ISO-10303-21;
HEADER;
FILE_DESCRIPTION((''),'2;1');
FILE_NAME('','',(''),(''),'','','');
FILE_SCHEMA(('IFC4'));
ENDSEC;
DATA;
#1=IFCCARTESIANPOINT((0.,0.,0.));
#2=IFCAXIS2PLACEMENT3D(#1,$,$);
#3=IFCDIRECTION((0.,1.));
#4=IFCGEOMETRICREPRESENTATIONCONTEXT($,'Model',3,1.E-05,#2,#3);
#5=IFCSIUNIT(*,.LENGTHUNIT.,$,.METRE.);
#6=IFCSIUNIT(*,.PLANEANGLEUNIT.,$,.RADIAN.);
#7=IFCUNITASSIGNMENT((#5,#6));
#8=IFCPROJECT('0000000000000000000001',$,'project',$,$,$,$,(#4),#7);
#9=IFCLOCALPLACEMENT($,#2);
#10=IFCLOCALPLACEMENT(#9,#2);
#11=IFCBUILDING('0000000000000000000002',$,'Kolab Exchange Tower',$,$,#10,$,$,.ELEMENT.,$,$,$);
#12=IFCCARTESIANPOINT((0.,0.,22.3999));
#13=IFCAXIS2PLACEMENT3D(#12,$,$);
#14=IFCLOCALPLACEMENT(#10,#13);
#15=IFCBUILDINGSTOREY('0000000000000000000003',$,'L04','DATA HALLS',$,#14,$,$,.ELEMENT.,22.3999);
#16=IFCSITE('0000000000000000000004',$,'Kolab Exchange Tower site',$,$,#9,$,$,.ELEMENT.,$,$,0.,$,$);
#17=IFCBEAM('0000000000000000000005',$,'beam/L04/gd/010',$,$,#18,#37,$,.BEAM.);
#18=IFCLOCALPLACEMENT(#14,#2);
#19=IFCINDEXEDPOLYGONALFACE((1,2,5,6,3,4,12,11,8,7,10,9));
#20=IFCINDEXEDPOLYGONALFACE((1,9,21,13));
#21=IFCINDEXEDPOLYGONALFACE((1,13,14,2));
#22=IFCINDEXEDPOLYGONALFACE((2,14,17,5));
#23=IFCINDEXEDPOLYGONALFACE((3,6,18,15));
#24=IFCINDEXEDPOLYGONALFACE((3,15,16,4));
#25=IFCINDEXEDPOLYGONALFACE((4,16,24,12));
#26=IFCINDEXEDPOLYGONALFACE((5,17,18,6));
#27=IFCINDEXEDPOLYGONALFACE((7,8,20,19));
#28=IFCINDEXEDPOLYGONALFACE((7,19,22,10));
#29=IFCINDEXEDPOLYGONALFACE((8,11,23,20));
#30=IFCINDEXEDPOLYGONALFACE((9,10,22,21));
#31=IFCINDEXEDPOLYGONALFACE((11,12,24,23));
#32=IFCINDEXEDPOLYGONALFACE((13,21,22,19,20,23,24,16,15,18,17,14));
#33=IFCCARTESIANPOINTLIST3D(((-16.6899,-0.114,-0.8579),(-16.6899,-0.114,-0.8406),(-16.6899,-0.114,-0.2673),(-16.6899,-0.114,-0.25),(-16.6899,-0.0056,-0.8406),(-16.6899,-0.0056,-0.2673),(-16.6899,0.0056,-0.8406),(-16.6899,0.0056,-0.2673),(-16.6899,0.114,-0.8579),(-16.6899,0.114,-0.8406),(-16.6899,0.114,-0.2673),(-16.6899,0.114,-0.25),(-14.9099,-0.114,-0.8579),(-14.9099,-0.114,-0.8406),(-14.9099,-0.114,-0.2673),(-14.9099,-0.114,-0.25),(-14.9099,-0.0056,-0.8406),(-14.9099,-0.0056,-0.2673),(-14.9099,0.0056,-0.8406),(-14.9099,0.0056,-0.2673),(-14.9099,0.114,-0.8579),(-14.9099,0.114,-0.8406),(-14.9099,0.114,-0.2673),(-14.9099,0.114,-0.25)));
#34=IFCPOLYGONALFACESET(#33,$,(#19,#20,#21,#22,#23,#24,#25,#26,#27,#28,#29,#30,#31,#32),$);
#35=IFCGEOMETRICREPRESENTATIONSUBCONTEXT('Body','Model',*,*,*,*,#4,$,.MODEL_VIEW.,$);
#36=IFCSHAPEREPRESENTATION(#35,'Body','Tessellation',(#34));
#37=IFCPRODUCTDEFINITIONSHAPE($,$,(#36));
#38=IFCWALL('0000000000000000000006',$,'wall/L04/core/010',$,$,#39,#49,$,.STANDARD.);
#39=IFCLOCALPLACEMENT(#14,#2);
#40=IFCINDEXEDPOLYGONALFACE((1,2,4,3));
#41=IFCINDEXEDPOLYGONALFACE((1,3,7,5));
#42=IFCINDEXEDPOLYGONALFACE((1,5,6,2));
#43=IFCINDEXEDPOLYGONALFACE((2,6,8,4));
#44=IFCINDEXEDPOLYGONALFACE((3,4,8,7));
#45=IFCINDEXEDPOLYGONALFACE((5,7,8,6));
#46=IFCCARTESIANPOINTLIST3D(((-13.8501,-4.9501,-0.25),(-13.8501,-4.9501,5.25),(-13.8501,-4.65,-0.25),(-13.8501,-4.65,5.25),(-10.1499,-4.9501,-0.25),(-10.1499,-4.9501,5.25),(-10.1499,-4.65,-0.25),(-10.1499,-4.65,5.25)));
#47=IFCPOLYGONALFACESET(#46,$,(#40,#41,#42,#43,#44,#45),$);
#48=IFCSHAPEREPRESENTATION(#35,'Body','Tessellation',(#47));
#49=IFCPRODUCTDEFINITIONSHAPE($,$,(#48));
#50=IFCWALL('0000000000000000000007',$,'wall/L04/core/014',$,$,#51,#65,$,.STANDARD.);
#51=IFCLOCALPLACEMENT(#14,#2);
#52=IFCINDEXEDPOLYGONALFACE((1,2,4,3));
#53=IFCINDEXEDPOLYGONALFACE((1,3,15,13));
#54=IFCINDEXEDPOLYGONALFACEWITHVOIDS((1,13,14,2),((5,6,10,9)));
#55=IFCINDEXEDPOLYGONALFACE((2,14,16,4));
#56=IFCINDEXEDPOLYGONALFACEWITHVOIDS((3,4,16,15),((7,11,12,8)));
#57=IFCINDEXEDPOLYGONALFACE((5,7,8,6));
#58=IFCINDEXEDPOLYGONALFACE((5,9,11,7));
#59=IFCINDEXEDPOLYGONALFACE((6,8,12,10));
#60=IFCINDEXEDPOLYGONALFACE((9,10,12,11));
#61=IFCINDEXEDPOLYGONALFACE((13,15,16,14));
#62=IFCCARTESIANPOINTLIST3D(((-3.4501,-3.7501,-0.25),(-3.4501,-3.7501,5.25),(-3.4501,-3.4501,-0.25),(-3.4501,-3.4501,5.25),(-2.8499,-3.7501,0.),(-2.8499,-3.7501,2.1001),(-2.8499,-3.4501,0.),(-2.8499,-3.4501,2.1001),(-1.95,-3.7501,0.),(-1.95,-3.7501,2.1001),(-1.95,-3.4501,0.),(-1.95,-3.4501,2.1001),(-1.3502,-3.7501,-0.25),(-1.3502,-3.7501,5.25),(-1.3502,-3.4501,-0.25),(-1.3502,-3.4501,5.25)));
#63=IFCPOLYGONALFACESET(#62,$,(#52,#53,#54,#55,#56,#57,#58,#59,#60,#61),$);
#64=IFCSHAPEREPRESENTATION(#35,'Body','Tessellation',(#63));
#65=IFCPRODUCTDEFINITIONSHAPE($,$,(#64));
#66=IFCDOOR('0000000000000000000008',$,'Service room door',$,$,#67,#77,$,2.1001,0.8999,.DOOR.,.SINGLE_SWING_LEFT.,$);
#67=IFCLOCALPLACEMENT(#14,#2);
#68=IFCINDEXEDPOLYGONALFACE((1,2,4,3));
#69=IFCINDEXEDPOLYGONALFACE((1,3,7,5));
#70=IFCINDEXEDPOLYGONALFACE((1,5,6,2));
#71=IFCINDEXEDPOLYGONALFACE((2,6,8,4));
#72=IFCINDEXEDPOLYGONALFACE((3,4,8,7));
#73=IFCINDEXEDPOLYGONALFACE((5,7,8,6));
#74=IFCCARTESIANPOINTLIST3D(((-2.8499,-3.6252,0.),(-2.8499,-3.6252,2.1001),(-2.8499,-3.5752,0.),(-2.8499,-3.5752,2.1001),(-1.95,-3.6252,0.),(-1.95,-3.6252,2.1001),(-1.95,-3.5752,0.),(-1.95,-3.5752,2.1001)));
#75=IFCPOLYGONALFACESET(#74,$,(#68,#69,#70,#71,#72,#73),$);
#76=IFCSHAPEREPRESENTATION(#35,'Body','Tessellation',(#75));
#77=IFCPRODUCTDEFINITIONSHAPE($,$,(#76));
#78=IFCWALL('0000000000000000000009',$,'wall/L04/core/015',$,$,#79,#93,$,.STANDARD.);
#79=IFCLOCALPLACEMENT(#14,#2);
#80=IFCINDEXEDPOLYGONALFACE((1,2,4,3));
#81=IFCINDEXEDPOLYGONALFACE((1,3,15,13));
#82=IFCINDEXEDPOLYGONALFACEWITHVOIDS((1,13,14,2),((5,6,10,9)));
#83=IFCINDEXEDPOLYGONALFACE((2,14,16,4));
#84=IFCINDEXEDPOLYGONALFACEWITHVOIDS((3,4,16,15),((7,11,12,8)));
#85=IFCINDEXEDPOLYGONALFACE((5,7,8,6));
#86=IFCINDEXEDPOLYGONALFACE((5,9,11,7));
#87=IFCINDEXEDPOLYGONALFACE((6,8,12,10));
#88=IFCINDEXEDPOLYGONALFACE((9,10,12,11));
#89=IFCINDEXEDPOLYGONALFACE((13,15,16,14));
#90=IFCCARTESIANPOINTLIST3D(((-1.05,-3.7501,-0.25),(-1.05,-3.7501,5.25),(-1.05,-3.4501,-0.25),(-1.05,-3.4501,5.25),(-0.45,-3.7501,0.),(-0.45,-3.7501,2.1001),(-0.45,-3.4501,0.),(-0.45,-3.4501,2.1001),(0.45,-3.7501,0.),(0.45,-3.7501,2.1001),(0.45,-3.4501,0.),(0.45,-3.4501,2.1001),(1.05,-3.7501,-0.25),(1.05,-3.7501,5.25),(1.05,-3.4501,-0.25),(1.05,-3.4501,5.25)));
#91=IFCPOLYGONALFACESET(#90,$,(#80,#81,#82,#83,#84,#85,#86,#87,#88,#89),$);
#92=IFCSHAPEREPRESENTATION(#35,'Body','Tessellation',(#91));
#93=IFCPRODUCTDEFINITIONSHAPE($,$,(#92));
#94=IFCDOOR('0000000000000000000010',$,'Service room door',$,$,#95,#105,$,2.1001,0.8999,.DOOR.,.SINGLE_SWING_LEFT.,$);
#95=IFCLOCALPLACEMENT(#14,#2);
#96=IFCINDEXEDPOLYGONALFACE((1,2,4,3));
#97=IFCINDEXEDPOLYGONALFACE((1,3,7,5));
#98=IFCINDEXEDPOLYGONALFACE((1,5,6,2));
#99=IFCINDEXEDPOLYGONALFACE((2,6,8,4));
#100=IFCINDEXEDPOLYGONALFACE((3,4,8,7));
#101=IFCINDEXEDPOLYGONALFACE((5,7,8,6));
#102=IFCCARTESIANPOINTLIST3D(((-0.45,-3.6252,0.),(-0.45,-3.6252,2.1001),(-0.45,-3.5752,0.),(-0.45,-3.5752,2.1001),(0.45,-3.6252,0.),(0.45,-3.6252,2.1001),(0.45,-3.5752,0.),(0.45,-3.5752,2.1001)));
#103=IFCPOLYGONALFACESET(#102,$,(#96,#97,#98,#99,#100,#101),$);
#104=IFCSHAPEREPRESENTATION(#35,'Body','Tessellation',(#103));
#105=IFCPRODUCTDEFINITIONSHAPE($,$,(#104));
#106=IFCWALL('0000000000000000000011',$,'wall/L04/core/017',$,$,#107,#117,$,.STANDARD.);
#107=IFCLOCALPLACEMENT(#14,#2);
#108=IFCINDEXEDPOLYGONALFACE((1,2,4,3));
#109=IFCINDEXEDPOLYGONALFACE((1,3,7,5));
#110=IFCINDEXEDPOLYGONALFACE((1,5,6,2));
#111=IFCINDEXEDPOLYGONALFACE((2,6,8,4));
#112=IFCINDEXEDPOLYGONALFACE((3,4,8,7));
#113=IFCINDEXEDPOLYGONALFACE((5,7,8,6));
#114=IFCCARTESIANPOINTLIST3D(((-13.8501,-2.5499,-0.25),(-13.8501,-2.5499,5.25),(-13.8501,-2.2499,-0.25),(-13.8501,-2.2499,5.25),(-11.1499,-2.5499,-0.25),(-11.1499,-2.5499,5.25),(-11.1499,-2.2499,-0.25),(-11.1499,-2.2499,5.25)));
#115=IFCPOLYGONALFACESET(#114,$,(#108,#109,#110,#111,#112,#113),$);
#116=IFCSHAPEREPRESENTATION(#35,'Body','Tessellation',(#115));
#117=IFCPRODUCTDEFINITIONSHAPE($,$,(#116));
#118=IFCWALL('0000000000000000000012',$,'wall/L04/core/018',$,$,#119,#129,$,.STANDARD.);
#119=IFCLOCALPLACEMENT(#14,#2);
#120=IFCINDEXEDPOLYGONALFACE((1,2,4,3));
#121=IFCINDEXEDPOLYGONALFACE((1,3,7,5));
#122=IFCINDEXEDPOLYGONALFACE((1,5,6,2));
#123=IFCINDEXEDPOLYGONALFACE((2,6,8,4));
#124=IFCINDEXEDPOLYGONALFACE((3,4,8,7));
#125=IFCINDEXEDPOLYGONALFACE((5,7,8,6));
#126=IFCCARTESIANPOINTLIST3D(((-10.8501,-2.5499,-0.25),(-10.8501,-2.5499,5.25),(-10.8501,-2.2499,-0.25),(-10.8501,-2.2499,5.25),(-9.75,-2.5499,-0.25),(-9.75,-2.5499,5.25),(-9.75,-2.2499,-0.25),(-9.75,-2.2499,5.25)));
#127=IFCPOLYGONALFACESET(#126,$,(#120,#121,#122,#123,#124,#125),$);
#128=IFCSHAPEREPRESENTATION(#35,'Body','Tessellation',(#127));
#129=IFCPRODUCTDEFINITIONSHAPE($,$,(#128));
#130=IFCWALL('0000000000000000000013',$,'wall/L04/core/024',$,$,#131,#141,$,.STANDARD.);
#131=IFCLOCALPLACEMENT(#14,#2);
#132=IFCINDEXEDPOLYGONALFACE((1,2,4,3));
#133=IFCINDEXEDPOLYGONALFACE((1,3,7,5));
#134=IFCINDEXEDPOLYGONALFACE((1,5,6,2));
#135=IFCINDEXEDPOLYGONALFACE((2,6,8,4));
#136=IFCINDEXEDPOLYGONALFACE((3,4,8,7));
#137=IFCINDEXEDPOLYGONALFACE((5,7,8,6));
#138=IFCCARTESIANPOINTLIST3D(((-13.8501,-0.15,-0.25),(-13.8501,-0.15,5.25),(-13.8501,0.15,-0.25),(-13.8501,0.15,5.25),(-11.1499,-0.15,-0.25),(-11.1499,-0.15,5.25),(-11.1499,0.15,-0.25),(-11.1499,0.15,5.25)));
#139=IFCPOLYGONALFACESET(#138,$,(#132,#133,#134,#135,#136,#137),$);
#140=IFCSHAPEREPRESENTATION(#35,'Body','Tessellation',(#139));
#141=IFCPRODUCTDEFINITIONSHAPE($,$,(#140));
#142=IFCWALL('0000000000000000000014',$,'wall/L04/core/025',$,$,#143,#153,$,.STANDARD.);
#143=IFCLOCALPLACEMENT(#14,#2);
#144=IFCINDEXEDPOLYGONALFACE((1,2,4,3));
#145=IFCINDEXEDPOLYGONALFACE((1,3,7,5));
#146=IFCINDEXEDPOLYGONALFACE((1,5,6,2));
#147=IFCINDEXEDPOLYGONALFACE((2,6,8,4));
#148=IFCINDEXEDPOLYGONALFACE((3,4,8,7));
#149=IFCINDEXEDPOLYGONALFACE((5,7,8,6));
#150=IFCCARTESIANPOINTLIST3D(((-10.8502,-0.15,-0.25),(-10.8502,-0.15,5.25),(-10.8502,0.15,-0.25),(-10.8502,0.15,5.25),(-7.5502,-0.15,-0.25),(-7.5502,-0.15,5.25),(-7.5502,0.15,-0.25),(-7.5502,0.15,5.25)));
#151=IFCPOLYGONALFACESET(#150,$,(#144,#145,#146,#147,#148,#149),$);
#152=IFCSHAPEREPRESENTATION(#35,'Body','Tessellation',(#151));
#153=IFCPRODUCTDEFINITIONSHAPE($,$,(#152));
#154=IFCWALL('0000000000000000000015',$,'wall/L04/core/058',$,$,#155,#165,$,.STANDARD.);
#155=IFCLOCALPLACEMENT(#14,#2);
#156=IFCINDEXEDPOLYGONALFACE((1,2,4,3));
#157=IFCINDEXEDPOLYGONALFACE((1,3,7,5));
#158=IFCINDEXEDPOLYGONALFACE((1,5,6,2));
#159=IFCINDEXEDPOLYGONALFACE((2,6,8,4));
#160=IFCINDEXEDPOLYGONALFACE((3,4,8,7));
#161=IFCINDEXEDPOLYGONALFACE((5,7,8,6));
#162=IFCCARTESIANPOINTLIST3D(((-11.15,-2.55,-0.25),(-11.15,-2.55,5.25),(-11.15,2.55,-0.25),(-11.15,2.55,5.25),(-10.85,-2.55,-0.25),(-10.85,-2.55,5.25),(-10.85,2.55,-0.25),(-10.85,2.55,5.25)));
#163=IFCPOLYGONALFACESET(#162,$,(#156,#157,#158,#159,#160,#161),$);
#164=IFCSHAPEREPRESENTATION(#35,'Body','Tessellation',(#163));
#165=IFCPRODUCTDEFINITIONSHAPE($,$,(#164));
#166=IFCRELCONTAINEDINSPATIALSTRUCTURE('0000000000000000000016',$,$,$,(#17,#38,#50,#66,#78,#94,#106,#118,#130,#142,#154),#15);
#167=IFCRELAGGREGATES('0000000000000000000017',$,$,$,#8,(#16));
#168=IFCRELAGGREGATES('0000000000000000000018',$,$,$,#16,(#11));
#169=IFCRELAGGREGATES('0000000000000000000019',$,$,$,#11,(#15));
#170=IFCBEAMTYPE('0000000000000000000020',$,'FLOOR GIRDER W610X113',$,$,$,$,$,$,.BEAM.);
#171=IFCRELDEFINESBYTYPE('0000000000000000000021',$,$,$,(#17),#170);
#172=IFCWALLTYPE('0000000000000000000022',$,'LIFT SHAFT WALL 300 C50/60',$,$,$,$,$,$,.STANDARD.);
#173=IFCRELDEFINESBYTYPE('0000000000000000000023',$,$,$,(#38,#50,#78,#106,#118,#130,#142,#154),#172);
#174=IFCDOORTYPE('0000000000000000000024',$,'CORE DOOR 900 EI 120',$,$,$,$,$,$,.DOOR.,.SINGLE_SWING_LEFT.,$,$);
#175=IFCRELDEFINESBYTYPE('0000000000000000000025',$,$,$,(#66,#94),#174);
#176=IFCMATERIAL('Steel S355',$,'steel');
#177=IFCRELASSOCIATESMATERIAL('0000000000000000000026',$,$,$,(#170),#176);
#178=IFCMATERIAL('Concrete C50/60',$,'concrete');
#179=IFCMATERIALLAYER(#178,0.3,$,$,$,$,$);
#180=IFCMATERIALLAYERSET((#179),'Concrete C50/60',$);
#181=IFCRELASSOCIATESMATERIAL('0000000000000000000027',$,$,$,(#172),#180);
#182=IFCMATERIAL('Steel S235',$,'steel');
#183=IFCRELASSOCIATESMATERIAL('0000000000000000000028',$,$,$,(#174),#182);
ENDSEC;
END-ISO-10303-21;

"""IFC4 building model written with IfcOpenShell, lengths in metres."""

from ifc_helpers import new_model, si_unit, direction, frame, frame_2d, origin, origin_2d, place, context, subcontext, project, spatial, rectangle, i_section, extrude, material, layer, layer_set, material_profile, profile_set, type_object, element, fill, save


model = new_model("IFC4")

# Units and contexts
model_context = context("Model", 3, precision=1e-05, world=origin(), true_north=direction((0.0, 1.0)))
body_context = subcontext(model_context, "Body", "Model", "MODEL_VIEW")
ifc_project = project(units=[si_unit("LENGTHUNIT", "METRE"), si_unit("PLANEANGLEUNIT", "RADIAN")], contexts=[model_context])

# Site, building, storey
site_placement = place(None, origin())
site = spatial("IfcSite", under=ifc_project, at=site_placement, Name="Kolab Exchange Tower site", CompositionType="ELEMENT", RefElevation=0.0)
building_placement = place(site_placement, origin())
building = spatial("IfcBuilding", under=site, at=building_placement, Name="Kolab Exchange Tower", CompositionType="ELEMENT")
storey_placement = place(building_placement, frame((0.0, 0.0, 22.3999)))
storey = spatial("IfcBuildingStorey", under=building, at=storey_placement, Name="L04", Description="DATA HALLS", CompositionType="ELEMENT", Elevation=22.3999)

# Beam
ifc_material_1 = material(Name="Steel S355", Category="steel")
ifc_material_profile = material_profile(ifc_material_1, i_section(OverallWidth=0.228, OverallDepth=0.6079, WebThickness=0.0112, FlangeThickness=0.0173, at=origin_2d()), Name="W610X113")
ifc_profile_set = profile_set([ifc_material_profile], Name="Steel S355")
beam_type = type_object("IfcBeamType", Name="FLOOR GIRDER W610X113", PredefinedType="BEAM", material=ifc_profile_set)
beam_placement = place(storey_placement, frame((-16.6899, 0.0, -0.554), z_axis=(1.0, 0.0, 0.0), x_axis=(0.0, 1.0, 0.0)))
element("IfcBeam", 1, at=beam_placement, inside=storey, type_object=beam_type, Name="beam/L04/gd/010", PredefinedType="BEAM", context=body_context, shape_type="SweptSolid", body=[
    extrude(i_section(OverallWidth=0.228, OverallDepth=0.6079, WebThickness=0.0112, FlangeThickness=0.0173, at=origin_2d()), origin(), (0.0, 0.0, 1.0), 1.78),
])

# Wall
ifc_material_2 = material(Name="Concrete C50/60", Category="concrete")
ifc_layer_1 = layer(ifc_material_2, 0.3)
ifc_layer_set_1 = layer_set([ifc_layer_1], Name="Concrete C50/60")
wall_type_1 = type_object("IfcWallType", Name="LIFT SHAFT WALL 300 C50/60", PredefinedType="STANDARD", material=ifc_layer_set_1)
wall_1_placement = place(storey_placement, frame((-13.8501, -4.8, -0.25), z_axis=(0.0, 0.0, 1.0), x_axis=(1.0, 0.0, 0.0)))
element("IfcWall", 2, at=wall_1_placement, inside=storey, type_object=wall_type_1, Name="wall/L04/core/010", PredefinedType="STANDARD", context=body_context, shape_type="SweptSolid", body=[
    extrude(rectangle(XDim=3.7002, YDim=0.3, at=frame_2d((1.8501, 0.0))), origin(), (0.0, 0.0, 1.0), 5.5),
])

# Walls, openings, doors
wall_2_placement = place(storey_placement, frame((-3.45, -3.6001, -0.25), z_axis=(0.0, 0.0, 1.0), x_axis=(1.0, 0.0, 0.0)))
wall_2 = element("IfcWall", 3, at=wall_2_placement, inside=storey, type_object=wall_type_1, Name="wall/L04/core/014", PredefinedType="STANDARD", context=body_context, shape_type="SweptSolid", body=[
    extrude(rectangle(XDim=2.0999, YDim=0.3, at=frame_2d((1.0498, 0.0))), origin(), (0.0, 0.0, 1.0), 5.5),
])
opening_1_placement = place(wall_2_placement, frame((0.6001, 0.0, 0.25)))
opening_1 = element("IfcOpeningElement", 4, at=opening_1_placement, cuts=wall_2, PredefinedType="OPENING", context=body_context, shape_type="SweptSolid", body=[
    extrude(rectangle(XDim=0.8999, YDim=2.1001, at=frame_2d((0.45, 1.05))), frame((0.0, 0.1602, 0.0), z_axis=(0.0, -1.0, 0.0), x_axis=(1.0, 0.0, 0.0)), (0.0, 0.0, 1.0), 0.3201),
])
ifc_material_3 = material(Name="Steel S235", Category="steel")
door_type_1 = type_object("IfcDoorType", Name="CORE DOOR 900 EI 120", OperationType="SINGLE_SWING_LEFT", PredefinedType="DOOR", material=ifc_material_3)
door_1_placement = place(opening_1_placement, origin())
door_1 = element("IfcDoor", 5, at=door_1_placement, inside=storey, type_object=door_type_1, Name="Service room door", OperationType="SINGLE_SWING_LEFT", OverallHeight=2.1001, OverallWidth=0.8999, PredefinedType="DOOR", context=body_context, shape_type="SweptSolid", body=[
    extrude(rectangle(XDim=0.8999, YDim=2.1001, at=frame_2d((0.45, 1.05))), frame((0.0, 0.0249, 0.0), z_axis=(0.0, -1.0, 0.0), x_axis=(1.0, 0.0, 0.0)), (0.0, 0.0, 1.0), 0.05),
])
fill(opening_1, door_1)
wall_3_placement = place(storey_placement, frame((-1.05, -3.6001, -0.25), z_axis=(0.0, 0.0, 1.0), x_axis=(1.0, 0.0, 0.0)))
wall_3 = element("IfcWall", 6, at=wall_3_placement, inside=storey, type_object=wall_type_1, Name="wall/L04/core/015", PredefinedType="STANDARD", context=body_context, shape_type="SweptSolid", body=[
    extrude(rectangle(XDim=2.1001, YDim=0.3, at=frame_2d((1.05, 0.0))), origin(), (0.0, 0.0, 1.0), 5.5),
])
opening_2_placement = place(wall_3_placement, frame((0.6001, 0.0, 0.25)))
opening_2 = element("IfcOpeningElement", 7, at=opening_2_placement, cuts=wall_3, PredefinedType="OPENING", context=body_context, shape_type="SweptSolid", body=[
    extrude(rectangle(XDim=0.8999, YDim=2.1001, at=frame_2d((0.45, 1.05))), frame((0.0, 0.1602, 0.0), z_axis=(0.0, -1.0, 0.0), x_axis=(1.0, 0.0, 0.0)), (0.0, 0.0, 1.0), 0.3201),
])
door_2_placement = place(opening_2_placement, origin())
door_2 = element("IfcDoor", 8, at=door_2_placement, inside=storey, type_object=door_type_1, Name="Service room door", OperationType="SINGLE_SWING_LEFT", OverallHeight=2.1001, OverallWidth=0.8999, PredefinedType="DOOR", context=body_context, shape_type="SweptSolid", body=[
    extrude(rectangle(XDim=0.8999, YDim=2.1001, at=frame_2d((0.45, 1.05))), frame((0.0, 0.0249, 0.0), z_axis=(0.0, -1.0, 0.0), x_axis=(1.0, 0.0, 0.0)), (0.0, 0.0, 1.0), 0.05),
])
fill(opening_2, door_2)

# Walls
wall_4_placement = place(storey_placement, frame((-13.8501, -2.3999, -0.25), z_axis=(0.0, 0.0, 1.0), x_axis=(1.0, 0.0, 0.0)))
element("IfcWall", 9, at=wall_4_placement, inside=storey, type_object=wall_type_1, Name="wall/L04/core/017", PredefinedType="STANDARD", context=body_context, shape_type="SweptSolid", body=[
    extrude(rectangle(XDim=2.7002, YDim=0.3, at=frame_2d((1.3501, 0.0))), origin(), (0.0, 0.0, 1.0), 5.5),
])
wall_5_placement = place(storey_placement, frame((-10.8501, -2.3999, -0.25), z_axis=(0.0, 0.0, 1.0), x_axis=(1.0, 0.0, 0.0)))
element("IfcWall", 10, at=wall_5_placement, inside=storey, type_object=wall_type_1, Name="wall/L04/core/018", PredefinedType="STANDARD", context=body_context, shape_type="SweptSolid", body=[
    extrude(rectangle(XDim=1.1001, YDim=0.3, at=frame_2d((0.55, 0.0))), origin(), (0.0, 0.0, 1.0), 5.5),
])
wall_6_placement = place(storey_placement, frame((-13.8501, 0.0, -0.25), z_axis=(0.0, 0.0, 1.0), x_axis=(1.0, 0.0, 0.0)))
element("IfcWall", 11, at=wall_6_placement, inside=storey, type_object=wall_type_1, Name="wall/L04/core/024", PredefinedType="STANDARD", context=body_context, shape_type="SweptSolid", body=[
    extrude(rectangle(XDim=2.7002, YDim=0.3, at=frame_2d((1.3501, 0.0))), origin(), (0.0, 0.0, 1.0), 5.5),
])
wall_7_placement = place(storey_placement, frame((-10.8501, 0.0, -0.25), z_axis=(0.0, 0.0, 1.0), x_axis=(1.0, 0.0, 0.0)))
element("IfcWall", 12, at=wall_7_placement, inside=storey, type_object=wall_type_1, Name="wall/L04/core/025", PredefinedType="STANDARD", context=body_context, shape_type="SweptSolid", body=[
    extrude(rectangle(XDim=3.3, YDim=0.3, at=frame_2d((1.6499, 0.0))), origin(), (0.0, 0.0, 1.0), 5.5),
])
wall_8_placement = place(storey_placement, frame((-11.0, -2.55, -0.25), z_axis=(0.0, 0.0, 1.0), x_axis=(0.0, 1.0, 0.0)))
element("IfcWall", 13, at=wall_8_placement, inside=storey, type_object=wall_type_1, Name="wall/L04/core/058", PredefinedType="STANDARD", context=body_context, shape_type="SweptSolid", body=[
    extrude(rectangle(XDim=5.1001, YDim=0.3, at=frame_2d((2.55, 0.0))), origin(), (0.0, 0.0, 1.0), 5.5),
])

save(model, "model.ifc")
